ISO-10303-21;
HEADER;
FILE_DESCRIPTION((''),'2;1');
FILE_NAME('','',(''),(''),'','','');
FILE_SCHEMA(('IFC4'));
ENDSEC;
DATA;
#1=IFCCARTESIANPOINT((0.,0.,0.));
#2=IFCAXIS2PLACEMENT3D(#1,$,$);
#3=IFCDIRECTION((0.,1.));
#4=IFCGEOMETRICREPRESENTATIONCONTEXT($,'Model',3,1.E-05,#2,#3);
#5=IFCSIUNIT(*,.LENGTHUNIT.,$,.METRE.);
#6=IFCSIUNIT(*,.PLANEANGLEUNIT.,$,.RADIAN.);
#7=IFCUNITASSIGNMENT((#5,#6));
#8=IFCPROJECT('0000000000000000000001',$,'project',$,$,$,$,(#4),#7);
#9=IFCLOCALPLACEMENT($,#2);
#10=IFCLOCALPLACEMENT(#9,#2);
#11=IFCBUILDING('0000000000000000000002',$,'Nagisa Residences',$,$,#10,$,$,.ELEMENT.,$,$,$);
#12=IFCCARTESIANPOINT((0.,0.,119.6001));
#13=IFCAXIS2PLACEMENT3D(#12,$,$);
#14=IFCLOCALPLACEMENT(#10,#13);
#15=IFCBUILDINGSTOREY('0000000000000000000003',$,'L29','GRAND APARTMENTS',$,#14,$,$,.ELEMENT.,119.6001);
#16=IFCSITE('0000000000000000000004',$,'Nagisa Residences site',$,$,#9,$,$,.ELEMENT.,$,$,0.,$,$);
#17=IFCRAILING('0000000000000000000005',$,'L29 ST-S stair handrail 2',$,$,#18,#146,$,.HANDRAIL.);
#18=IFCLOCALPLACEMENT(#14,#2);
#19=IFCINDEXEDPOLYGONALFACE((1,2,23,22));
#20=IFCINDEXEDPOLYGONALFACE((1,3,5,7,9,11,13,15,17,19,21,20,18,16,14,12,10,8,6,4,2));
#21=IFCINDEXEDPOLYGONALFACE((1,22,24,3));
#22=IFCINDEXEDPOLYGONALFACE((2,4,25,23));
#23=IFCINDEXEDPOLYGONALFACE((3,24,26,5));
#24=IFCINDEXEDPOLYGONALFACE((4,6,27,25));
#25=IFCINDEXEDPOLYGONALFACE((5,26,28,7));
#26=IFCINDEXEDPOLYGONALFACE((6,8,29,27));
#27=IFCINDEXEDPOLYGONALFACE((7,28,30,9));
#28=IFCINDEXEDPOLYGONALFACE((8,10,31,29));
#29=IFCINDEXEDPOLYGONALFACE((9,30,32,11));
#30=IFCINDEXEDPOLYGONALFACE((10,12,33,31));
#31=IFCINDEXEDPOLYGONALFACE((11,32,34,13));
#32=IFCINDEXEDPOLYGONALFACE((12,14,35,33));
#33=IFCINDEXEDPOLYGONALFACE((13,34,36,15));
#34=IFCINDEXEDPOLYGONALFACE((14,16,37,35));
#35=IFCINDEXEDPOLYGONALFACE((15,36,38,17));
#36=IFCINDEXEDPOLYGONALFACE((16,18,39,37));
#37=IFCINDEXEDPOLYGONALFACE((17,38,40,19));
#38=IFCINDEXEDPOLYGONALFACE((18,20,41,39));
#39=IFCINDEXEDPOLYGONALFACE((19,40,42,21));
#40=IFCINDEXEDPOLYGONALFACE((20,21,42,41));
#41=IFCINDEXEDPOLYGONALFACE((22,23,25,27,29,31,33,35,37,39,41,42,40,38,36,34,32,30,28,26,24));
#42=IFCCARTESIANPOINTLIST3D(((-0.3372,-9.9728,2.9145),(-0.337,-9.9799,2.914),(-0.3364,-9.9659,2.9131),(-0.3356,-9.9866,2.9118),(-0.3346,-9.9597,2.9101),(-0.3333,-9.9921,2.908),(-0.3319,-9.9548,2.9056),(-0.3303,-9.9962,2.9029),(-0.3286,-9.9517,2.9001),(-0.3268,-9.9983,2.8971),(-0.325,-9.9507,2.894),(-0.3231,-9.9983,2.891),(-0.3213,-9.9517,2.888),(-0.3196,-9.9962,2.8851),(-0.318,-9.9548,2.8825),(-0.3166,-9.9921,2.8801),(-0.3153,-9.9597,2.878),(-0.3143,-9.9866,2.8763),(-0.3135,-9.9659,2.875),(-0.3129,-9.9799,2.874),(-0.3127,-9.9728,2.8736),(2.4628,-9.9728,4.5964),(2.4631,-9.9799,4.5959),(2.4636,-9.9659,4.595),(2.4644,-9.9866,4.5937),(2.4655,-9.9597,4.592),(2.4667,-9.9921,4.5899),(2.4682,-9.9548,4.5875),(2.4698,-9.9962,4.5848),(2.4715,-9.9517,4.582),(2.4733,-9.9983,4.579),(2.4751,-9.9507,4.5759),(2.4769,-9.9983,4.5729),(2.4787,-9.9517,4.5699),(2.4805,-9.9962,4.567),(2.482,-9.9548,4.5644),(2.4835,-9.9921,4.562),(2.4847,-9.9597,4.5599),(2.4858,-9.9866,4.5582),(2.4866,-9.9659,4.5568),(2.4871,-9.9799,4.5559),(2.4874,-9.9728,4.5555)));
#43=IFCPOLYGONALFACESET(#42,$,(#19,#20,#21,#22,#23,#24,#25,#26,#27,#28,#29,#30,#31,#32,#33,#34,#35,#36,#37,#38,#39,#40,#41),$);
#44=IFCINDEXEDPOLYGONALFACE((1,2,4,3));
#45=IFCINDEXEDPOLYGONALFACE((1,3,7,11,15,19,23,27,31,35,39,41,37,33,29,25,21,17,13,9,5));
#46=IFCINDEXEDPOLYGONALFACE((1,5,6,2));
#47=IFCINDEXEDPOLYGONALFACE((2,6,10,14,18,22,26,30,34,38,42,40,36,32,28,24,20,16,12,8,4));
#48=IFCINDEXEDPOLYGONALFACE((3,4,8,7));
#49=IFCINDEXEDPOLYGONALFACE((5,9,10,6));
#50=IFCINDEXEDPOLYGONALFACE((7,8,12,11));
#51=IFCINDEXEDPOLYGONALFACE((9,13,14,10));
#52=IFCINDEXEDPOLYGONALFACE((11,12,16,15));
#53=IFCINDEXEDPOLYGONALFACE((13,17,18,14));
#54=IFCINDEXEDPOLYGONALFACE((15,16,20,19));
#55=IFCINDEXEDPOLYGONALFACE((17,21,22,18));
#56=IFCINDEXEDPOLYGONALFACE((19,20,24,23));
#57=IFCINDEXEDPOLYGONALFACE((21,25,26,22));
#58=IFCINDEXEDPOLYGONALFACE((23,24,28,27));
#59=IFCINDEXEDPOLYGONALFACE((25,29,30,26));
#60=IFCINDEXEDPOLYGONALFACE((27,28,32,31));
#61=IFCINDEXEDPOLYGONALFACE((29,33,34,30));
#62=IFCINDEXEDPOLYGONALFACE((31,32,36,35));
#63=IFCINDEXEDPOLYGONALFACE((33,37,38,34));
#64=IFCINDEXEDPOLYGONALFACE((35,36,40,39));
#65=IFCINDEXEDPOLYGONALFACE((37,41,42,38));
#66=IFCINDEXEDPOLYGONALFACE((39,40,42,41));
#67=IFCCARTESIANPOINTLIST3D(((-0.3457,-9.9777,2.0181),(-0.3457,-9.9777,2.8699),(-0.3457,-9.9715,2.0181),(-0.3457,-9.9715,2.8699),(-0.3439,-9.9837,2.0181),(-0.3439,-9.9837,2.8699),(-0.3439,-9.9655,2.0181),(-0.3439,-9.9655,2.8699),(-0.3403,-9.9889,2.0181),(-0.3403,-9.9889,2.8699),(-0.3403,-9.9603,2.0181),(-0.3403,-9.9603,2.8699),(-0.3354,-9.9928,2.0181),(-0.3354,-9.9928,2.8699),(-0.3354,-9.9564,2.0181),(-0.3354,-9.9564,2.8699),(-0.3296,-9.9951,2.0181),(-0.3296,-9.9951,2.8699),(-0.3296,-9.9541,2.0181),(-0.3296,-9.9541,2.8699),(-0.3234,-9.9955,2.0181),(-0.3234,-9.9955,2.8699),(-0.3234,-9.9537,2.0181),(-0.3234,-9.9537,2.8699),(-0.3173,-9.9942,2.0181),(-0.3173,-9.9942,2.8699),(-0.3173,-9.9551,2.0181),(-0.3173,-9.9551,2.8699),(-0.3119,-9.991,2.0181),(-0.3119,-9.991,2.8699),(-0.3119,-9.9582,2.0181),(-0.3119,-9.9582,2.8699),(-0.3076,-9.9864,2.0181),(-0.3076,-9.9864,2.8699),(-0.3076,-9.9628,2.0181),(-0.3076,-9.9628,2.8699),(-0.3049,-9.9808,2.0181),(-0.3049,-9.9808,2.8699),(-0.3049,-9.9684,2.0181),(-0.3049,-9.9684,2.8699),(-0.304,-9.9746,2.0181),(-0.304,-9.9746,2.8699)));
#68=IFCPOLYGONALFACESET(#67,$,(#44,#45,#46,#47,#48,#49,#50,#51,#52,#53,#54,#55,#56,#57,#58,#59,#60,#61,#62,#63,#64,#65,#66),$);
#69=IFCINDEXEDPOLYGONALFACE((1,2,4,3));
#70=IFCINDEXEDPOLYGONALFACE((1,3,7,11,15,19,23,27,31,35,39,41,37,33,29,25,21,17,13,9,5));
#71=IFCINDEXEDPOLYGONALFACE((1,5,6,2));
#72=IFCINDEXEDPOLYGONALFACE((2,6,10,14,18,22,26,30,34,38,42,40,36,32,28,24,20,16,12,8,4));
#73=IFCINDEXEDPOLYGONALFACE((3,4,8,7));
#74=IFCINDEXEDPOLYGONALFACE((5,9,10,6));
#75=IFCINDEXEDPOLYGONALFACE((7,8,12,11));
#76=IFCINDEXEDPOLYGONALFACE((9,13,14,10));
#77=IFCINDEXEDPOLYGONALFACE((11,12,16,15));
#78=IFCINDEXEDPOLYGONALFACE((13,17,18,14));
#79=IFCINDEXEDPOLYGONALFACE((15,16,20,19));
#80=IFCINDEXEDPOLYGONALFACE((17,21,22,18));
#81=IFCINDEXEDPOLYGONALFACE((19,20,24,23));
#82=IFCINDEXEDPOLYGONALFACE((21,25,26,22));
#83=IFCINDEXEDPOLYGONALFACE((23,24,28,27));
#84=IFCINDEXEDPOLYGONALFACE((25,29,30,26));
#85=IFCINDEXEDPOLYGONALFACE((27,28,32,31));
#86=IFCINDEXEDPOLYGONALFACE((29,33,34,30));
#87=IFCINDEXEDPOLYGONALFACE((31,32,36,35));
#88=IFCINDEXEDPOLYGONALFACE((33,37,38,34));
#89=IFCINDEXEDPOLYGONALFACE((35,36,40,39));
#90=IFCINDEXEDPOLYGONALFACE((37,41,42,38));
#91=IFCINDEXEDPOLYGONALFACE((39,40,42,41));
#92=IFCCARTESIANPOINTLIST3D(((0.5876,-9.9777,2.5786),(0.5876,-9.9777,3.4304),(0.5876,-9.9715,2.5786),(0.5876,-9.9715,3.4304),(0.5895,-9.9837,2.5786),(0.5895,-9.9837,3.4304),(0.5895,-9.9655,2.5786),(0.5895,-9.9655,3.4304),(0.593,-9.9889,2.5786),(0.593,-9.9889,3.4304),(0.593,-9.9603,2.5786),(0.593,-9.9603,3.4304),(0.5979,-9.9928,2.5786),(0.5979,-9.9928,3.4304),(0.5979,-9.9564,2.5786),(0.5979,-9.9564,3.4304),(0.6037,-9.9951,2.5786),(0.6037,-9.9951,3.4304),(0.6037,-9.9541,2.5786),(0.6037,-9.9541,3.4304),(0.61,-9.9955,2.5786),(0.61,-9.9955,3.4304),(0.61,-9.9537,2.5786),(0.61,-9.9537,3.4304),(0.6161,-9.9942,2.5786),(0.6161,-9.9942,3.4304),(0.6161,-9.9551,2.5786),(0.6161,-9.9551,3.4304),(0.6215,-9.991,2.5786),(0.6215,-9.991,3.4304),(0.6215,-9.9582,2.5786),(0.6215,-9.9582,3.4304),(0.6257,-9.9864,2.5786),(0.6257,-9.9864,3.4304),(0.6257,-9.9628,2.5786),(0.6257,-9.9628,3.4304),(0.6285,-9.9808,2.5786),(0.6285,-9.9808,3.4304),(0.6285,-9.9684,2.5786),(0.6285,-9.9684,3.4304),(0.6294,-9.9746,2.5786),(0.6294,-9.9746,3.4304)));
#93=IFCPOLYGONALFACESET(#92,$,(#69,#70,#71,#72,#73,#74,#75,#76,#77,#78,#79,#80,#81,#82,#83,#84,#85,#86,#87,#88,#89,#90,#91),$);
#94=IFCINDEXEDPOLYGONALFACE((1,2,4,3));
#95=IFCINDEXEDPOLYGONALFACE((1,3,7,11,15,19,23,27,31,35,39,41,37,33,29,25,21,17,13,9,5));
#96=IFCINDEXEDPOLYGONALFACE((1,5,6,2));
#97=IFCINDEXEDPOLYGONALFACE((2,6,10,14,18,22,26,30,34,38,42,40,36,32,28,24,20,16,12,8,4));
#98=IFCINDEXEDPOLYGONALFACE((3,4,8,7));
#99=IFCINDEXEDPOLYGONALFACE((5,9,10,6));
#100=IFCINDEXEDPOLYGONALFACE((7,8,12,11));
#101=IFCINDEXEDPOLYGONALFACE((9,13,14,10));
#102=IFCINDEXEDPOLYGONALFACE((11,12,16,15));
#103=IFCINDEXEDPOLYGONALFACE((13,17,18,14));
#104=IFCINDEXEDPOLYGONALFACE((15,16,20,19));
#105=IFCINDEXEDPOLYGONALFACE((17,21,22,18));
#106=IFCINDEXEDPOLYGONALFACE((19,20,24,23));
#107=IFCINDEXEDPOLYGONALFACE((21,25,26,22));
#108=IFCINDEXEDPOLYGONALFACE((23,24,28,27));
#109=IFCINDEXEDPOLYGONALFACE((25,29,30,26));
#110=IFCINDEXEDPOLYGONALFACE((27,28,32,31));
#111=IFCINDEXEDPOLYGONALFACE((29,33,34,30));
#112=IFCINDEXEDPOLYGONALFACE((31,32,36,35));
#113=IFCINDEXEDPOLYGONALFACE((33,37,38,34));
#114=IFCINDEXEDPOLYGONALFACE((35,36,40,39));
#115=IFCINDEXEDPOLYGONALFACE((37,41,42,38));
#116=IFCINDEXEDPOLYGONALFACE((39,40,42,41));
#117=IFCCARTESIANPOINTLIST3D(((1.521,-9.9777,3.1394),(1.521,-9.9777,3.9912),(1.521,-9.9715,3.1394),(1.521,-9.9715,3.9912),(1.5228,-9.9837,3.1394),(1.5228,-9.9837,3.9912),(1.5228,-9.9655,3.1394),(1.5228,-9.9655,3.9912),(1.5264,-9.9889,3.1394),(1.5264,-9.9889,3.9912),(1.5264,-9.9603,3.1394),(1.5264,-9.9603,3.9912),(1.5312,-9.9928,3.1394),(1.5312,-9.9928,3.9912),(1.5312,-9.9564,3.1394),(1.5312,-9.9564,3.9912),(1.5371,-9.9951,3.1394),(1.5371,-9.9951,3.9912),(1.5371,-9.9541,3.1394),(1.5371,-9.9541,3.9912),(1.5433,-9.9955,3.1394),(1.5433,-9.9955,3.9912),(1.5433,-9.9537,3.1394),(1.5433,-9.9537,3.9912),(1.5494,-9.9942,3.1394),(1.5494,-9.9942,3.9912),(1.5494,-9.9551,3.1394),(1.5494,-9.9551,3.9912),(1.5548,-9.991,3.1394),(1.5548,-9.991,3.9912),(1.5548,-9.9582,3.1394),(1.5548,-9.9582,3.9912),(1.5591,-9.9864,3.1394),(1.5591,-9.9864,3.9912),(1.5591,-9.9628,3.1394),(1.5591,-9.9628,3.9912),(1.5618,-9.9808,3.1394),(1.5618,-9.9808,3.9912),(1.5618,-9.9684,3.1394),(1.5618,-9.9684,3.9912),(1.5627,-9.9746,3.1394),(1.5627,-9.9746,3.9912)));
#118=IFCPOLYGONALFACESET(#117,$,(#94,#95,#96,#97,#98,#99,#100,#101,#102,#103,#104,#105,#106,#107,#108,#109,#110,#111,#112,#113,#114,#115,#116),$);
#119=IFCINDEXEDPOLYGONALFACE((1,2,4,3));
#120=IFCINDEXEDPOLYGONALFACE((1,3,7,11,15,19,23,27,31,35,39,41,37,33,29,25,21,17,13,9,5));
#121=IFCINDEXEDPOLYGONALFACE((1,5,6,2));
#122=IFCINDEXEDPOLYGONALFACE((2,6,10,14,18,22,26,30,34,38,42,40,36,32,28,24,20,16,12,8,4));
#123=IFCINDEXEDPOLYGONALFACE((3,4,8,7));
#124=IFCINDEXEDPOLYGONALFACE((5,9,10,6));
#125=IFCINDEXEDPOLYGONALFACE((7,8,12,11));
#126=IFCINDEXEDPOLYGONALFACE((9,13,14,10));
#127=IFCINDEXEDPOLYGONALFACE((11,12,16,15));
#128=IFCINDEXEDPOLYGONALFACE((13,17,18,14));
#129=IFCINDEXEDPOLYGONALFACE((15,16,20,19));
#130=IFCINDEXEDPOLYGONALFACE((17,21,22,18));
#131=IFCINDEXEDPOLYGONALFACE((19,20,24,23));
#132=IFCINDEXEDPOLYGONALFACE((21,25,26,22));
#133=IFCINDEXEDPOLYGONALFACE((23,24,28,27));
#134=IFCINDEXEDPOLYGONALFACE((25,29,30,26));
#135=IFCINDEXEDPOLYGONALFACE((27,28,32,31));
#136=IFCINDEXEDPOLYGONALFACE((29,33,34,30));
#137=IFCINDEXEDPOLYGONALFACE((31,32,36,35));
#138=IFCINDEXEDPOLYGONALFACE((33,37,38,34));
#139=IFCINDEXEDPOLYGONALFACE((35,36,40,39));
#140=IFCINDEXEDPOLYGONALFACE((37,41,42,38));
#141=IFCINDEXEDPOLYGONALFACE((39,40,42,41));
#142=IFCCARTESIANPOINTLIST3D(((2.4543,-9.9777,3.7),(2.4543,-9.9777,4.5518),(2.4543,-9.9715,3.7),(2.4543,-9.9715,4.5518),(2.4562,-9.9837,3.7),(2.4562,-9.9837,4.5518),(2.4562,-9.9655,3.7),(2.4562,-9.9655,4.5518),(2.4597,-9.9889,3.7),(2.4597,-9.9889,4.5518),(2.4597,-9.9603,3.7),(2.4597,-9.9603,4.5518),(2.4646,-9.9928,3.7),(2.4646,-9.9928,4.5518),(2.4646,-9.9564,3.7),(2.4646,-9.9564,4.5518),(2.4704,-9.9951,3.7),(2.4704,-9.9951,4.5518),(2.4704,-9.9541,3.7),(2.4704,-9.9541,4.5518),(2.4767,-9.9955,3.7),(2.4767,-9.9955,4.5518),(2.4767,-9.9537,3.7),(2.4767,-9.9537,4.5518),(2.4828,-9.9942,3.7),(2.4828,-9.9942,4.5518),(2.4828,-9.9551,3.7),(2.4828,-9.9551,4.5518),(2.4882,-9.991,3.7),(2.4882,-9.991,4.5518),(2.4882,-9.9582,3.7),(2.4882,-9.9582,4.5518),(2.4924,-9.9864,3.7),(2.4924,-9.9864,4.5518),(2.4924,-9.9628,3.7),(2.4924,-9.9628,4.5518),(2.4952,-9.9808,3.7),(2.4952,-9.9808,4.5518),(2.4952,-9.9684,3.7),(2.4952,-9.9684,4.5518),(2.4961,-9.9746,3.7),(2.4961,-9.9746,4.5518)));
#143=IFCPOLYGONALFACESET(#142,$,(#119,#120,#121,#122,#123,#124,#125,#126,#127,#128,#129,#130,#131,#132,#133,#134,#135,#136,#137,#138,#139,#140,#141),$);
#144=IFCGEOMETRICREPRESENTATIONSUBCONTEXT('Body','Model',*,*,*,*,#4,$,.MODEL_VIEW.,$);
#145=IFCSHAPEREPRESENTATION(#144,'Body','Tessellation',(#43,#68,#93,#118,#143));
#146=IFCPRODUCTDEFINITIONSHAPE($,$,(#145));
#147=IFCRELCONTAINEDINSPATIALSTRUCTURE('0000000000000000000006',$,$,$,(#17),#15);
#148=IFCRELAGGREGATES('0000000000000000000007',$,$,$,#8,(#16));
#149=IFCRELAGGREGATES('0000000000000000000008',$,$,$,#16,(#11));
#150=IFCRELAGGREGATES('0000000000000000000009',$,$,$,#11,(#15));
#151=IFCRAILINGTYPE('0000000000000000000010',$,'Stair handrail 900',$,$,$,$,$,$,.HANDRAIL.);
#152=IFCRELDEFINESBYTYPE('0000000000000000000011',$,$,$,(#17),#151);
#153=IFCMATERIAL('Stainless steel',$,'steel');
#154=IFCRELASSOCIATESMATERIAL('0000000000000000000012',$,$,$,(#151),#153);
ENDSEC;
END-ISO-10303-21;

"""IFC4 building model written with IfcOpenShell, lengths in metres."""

from ifc_helpers import new_model, si_unit, direction, frame, origin, origin_2d, place, context, subcontext, project, spatial, circle, extrude, material, type_object, element, save


model = new_model("IFC4")

# Units and contexts
model_context = context("Model", 3, precision=1e-05, world=origin(), true_north=direction((0.0, 1.0)))
body_context = subcontext(model_context, "Body", "Model", "MODEL_VIEW")
ifc_project = project(units=[si_unit("LENGTHUNIT", "METRE"), si_unit("PLANEANGLEUNIT", "RADIAN")], contexts=[model_context])

# Site, building, storey
site_placement = place(None, origin())
site = spatial("IfcSite", under=ifc_project, at=site_placement, Name="Nagisa Residences site", CompositionType="ELEMENT", RefElevation=0.0)
building_placement = place(site_placement, origin())
building = spatial("IfcBuilding", under=site, at=building_placement, Name="Nagisa Residences", CompositionType="ELEMENT")
storey_placement = place(building_placement, frame((0.0, 0.0, 119.6001)))
storey = spatial("IfcBuildingStorey", under=building, at=storey_placement, Name="L29", Description="GRAND APARTMENTS", CompositionType="ELEMENT", Elevation=119.6001)

# Railing
ifc_material_1 = material(Name="Stainless steel", Category="steel")
railing_type = type_object("IfcRailingType", Name="Stair handrail 900", PredefinedType="HANDRAIL", material=ifc_material_1)
railing_placement = place(storey_placement, frame((-0.325, -9.9746, 2.0181)))
element("IfcRailing", 1, at=railing_placement, inside=storey, type_object=railing_type, Name="L29 ST-S stair handrail 2", PredefinedType="HANDRAIL", context=body_context, shape_type="SweptSolid", body=[
    extrude(circle(Radius=0.0239, at=origin_2d()), frame((0.0, 0.0, 0.876), z_axis=(0.857242, 0.0, 0.514913), x_axis=(0.0, 1.0, 0.0)), (0.0, 0.0, 1.0), 3.2664),
    extrude(circle(Radius=0.021, at=origin_2d()), origin(), (0.0, 0.0, 1.0), 0.8518),
    extrude(circle(Radius=0.021, at=origin_2d()), frame((0.9333, 0.0, 0.5605)), (0.0, 0.0, 1.0), 0.8518),
    extrude(circle(Radius=0.021, at=origin_2d()), frame((1.8667, 0.0, 1.1213)), (0.0, 0.0, 1.0), 0.8518),
    extrude(circle(Radius=0.021, at=origin_2d()), frame((2.8, 0.0, 1.6819)), (0.0, 0.0, 1.0), 0.8518),
])

save(model, "model.ifc")
